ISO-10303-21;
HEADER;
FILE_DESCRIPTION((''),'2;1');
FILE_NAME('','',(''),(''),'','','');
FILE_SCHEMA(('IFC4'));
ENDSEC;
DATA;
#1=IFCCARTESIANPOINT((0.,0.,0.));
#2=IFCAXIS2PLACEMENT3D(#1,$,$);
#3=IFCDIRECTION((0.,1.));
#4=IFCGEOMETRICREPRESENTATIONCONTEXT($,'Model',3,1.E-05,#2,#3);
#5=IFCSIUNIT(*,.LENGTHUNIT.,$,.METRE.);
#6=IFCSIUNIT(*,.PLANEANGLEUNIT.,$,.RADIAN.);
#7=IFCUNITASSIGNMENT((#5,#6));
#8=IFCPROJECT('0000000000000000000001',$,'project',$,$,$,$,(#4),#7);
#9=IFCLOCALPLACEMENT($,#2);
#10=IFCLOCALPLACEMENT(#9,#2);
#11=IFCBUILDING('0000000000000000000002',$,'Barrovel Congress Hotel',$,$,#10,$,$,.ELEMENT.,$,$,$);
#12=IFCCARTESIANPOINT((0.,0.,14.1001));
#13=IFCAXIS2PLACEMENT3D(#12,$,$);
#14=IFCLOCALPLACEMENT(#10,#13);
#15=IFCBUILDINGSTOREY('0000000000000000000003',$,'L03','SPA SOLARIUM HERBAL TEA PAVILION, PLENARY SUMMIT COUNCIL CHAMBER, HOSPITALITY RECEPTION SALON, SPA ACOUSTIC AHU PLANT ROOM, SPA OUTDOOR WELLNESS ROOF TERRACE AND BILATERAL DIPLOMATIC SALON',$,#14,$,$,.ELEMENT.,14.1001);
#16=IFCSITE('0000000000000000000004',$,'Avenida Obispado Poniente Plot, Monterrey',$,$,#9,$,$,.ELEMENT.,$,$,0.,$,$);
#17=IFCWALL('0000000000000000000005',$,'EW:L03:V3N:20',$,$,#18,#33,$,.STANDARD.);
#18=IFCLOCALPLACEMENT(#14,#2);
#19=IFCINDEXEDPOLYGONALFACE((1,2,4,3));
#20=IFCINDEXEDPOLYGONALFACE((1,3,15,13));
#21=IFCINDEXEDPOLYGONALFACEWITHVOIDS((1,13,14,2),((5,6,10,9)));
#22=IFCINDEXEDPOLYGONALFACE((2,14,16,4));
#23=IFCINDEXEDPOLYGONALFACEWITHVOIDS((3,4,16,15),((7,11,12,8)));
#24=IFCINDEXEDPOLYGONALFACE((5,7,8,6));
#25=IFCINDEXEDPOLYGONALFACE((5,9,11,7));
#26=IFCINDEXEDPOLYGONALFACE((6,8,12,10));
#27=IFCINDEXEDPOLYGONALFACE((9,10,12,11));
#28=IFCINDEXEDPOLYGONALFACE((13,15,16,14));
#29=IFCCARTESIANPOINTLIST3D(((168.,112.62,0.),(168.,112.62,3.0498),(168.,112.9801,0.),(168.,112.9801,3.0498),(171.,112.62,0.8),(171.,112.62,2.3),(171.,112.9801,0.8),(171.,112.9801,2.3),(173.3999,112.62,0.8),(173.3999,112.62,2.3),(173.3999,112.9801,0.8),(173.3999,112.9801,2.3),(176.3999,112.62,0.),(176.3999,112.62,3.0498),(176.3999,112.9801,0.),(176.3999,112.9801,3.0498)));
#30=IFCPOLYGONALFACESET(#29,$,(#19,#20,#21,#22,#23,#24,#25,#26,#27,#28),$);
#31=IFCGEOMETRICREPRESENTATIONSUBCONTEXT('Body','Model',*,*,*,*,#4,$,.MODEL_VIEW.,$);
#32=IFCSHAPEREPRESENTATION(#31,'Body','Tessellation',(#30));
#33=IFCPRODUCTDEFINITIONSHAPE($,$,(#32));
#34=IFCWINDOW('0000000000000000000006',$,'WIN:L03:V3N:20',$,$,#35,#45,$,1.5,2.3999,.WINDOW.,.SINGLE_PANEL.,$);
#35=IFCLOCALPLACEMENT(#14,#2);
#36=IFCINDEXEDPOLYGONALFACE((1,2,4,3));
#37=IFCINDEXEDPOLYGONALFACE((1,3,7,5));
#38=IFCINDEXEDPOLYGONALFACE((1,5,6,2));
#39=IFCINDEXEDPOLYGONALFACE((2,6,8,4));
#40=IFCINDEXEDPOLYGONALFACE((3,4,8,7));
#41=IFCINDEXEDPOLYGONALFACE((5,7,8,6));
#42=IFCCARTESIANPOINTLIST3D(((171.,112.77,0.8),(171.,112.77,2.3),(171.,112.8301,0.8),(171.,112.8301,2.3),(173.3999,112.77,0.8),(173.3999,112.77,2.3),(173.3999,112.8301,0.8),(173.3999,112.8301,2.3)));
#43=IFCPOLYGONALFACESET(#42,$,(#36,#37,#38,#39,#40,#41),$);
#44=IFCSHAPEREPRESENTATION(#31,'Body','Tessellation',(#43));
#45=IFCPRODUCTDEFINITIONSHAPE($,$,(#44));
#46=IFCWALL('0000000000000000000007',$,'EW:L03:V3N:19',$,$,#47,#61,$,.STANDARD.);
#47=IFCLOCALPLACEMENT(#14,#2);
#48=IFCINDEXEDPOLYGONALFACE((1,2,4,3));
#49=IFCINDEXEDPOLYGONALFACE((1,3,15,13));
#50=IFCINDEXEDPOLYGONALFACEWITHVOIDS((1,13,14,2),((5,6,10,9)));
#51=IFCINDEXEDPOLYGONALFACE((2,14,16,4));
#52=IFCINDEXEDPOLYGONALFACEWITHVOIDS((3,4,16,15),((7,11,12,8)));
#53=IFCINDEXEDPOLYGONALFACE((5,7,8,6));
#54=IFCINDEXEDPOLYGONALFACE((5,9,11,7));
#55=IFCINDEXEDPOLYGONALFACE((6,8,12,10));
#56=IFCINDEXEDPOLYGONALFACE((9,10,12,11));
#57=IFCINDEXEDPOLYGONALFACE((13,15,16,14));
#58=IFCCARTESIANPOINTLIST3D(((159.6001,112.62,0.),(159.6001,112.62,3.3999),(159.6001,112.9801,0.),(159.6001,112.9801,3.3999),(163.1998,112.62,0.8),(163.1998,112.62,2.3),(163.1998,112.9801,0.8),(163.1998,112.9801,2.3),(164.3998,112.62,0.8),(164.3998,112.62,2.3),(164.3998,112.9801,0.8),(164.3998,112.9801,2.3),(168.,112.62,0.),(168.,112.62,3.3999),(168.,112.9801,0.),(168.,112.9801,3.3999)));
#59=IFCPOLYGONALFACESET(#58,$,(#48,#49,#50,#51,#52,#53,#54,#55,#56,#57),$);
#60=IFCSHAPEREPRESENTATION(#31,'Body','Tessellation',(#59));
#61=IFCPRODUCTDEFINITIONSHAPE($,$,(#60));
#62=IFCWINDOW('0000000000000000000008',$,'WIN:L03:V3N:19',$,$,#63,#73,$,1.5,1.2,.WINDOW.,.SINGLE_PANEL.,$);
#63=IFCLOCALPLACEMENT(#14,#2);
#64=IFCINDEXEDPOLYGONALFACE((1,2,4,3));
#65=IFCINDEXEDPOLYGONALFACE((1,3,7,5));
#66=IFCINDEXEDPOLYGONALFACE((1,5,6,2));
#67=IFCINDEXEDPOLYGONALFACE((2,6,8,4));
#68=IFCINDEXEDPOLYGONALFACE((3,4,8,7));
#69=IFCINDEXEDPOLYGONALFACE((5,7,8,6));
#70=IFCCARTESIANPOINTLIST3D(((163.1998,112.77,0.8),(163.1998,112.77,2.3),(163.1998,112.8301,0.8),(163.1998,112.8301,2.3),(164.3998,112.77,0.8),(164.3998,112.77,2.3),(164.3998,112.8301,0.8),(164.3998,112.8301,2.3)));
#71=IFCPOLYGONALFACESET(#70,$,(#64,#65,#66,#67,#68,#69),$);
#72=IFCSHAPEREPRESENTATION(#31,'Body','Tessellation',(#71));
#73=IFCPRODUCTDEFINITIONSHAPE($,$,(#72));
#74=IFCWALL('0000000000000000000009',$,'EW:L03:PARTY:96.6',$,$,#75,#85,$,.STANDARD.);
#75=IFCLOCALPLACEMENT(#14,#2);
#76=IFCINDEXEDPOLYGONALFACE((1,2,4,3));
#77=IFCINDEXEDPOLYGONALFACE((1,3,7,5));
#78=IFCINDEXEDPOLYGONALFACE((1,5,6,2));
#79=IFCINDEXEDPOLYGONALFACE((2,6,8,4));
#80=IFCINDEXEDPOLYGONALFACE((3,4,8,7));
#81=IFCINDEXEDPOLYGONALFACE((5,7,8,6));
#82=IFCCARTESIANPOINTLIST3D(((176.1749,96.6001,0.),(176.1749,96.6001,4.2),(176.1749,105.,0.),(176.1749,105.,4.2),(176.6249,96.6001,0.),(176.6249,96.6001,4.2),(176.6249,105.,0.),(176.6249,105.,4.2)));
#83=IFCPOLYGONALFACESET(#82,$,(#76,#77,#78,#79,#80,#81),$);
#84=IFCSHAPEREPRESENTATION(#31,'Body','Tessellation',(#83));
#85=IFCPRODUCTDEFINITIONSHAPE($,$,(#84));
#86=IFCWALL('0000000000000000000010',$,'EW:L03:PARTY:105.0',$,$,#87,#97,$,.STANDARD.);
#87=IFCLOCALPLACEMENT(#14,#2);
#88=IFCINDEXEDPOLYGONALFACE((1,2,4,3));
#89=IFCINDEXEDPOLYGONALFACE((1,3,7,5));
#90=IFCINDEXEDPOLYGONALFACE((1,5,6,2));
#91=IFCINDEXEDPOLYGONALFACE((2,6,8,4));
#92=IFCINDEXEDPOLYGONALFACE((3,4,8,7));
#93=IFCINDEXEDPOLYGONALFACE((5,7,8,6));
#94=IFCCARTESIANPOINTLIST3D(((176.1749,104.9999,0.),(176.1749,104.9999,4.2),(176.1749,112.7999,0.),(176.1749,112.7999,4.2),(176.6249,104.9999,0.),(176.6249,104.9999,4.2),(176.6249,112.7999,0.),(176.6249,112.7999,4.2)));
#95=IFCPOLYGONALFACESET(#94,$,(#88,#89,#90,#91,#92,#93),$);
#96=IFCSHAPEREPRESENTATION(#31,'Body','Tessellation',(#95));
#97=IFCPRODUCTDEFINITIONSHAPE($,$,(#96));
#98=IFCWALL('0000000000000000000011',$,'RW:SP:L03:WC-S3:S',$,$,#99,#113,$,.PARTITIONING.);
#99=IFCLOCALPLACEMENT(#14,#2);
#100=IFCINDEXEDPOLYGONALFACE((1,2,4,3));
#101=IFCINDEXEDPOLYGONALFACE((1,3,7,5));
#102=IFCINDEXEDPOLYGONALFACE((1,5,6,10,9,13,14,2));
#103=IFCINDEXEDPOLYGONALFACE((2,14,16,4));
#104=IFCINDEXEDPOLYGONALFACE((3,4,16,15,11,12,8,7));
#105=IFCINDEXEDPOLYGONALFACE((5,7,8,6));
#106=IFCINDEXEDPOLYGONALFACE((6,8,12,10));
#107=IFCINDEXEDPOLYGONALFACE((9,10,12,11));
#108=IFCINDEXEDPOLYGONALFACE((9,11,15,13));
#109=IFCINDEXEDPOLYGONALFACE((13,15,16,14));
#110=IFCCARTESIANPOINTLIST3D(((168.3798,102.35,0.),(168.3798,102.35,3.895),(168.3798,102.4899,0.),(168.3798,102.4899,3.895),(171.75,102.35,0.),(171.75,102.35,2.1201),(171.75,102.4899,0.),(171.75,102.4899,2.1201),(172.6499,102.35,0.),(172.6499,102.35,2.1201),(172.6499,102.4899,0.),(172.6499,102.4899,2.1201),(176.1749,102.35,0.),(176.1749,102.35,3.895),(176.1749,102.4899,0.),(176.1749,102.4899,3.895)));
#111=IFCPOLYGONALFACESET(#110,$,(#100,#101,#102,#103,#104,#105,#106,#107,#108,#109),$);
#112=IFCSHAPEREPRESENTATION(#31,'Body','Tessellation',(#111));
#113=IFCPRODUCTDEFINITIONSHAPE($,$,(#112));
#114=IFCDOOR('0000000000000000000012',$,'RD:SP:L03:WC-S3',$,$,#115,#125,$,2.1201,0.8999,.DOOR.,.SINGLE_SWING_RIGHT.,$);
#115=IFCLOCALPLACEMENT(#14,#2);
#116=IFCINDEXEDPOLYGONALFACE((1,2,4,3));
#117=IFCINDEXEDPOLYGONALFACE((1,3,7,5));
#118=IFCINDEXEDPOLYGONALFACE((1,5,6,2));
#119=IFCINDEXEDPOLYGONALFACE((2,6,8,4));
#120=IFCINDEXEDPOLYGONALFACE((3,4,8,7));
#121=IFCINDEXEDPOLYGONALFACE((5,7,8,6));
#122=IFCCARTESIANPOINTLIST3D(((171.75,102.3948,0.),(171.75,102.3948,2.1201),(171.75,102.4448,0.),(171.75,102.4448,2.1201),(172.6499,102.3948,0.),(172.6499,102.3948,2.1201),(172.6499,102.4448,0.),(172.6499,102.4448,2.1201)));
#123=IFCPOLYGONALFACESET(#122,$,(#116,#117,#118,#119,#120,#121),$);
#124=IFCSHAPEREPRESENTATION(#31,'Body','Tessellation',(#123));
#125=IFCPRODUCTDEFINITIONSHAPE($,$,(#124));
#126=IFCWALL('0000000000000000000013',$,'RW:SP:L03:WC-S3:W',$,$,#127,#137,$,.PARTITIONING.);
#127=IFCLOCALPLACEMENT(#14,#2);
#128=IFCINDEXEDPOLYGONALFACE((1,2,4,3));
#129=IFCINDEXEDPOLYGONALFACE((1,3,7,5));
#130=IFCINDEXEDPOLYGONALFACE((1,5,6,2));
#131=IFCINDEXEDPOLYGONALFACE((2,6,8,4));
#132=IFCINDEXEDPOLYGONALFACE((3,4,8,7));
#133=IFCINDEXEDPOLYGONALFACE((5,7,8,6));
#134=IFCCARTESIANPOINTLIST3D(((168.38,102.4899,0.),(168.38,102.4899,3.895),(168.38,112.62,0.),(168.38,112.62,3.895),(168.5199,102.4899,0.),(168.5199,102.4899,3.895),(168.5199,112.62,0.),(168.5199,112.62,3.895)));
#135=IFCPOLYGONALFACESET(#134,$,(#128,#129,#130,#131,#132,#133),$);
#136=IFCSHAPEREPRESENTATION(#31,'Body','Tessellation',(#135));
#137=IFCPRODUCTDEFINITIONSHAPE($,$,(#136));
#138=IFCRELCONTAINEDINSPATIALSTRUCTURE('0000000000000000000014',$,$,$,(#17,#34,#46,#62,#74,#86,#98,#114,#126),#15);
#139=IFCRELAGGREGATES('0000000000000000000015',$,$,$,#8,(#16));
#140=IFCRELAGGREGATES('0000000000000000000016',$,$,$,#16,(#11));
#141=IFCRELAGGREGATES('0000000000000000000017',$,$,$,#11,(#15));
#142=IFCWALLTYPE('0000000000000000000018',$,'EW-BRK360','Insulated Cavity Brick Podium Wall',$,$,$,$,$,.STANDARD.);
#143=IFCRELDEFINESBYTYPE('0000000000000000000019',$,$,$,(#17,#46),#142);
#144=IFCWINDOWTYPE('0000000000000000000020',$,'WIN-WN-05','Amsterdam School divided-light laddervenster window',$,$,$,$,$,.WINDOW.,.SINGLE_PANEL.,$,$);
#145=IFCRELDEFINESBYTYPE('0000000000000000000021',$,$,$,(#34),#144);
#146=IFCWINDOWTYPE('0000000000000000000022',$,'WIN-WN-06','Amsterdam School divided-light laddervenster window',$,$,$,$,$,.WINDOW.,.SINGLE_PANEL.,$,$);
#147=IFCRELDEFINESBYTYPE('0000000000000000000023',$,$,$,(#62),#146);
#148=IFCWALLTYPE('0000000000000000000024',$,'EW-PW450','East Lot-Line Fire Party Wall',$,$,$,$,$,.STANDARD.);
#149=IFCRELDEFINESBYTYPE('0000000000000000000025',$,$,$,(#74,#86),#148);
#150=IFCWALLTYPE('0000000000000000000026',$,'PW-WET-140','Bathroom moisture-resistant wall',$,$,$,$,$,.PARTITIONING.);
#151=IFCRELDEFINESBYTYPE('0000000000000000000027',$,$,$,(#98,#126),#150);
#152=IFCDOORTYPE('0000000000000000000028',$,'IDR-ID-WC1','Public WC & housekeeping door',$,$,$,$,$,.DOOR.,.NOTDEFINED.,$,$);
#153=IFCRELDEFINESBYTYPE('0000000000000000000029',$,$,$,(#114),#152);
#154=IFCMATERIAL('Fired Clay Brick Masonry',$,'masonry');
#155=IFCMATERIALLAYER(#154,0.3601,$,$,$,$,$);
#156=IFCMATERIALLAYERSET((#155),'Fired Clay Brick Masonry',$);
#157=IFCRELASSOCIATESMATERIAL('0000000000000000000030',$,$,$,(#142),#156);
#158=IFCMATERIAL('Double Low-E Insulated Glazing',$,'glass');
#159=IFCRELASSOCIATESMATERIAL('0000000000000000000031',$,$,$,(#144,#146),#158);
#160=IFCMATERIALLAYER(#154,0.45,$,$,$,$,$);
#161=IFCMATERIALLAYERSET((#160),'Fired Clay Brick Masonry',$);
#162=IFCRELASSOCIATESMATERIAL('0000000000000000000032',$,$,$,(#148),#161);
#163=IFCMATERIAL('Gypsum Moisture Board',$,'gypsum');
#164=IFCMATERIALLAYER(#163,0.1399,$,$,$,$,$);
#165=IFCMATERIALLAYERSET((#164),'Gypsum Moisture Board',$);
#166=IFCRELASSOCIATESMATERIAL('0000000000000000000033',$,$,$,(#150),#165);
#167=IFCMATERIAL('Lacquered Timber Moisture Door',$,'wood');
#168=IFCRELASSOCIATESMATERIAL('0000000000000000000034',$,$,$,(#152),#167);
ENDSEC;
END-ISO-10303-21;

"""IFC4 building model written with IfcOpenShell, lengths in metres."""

from ifc_helpers import new_model, si_unit, direction, frame, frame_2d, origin, place, context, subcontext, project, spatial, rectangle, extrude, material, layer, layer_set, type_object, element, fill, save


model = new_model("IFC4")

# Units and contexts
model_context = context("Model", 3, precision=1e-05, world=origin(), true_north=direction((0.0, 1.0)))
body_context = subcontext(model_context, "Body", "Model", "MODEL_VIEW")
ifc_project = project(units=[si_unit("LENGTHUNIT", "METRE"), si_unit("PLANEANGLEUNIT", "RADIAN")], contexts=[model_context])

# Site, building, storey
site_placement = place(None, origin())
site = spatial("IfcSite", under=ifc_project, at=site_placement, Name="Avenida Obispado Poniente Plot, Monterrey", CompositionType="ELEMENT", RefElevation=0.0)
building_placement = place(site_placement, origin())
building = spatial("IfcBuilding", under=site, at=building_placement, Name="Barrovel Congress Hotel", CompositionType="ELEMENT")
storey_placement = place(building_placement, frame((0.0, 0.0, 14.1001)))
storey = spatial("IfcBuildingStorey", under=building, at=storey_placement, Name="L03", Description="SPA SOLARIUM HERBAL TEA PAVILION, PLENARY SUMMIT COUNCIL CHAMBER, HOSPITALITY RECEPTION SALON, SPA ACOUSTIC AHU PLANT ROOM, SPA OUTDOOR WELLNESS ROOF TERRACE AND BILATERAL DIPLOMATIC SALON", CompositionType="ELEMENT", Elevation=14.1001)

# Walls, openings, windows
ifc_material_1 = material(Name="Fired Clay Brick Masonry", Category="masonry")
ifc_layer_1 = layer(ifc_material_1, 0.3601)
ifc_layer_set_1 = layer_set([ifc_layer_1], Name="Fired Clay Brick Masonry")
wall_type_1 = type_object("IfcWallType", Name="EW-BRK360", Description="Insulated Cavity Brick Podium Wall", PredefinedType="STANDARD", material=ifc_layer_set_1)
wall_1_placement = place(storey_placement, frame((176.3999, 112.8, 0.0), z_axis=(0.0, 0.0, 1.0), x_axis=(-1.0, 0.0, 0.0)))
wall_1 = element("IfcWall", 1, at=wall_1_placement, inside=storey, type_object=wall_type_1, Name="EW:L03:V3N:20", PredefinedType="STANDARD", context=body_context, shape_type="SweptSolid", body=[
    extrude(rectangle(XDim=8.3999, YDim=0.3601, at=frame_2d((4.2, 0.0))), origin(), (0.0, 0.0, 1.0), 3.0498),
])
opening_1_placement = place(wall_1_placement, frame((3.0, 0.0, 0.8)))
opening_1 = element("IfcOpeningElement", 2, at=opening_1_placement, cuts=wall_1, PredefinedType="OPENING", context=body_context, shape_type="SweptSolid", body=[
    extrude(rectangle(XDim=2.3999, YDim=1.5, at=frame_2d((1.2, 0.75))), frame((0.0, 0.1899, 0.0), z_axis=(0.0, -1.0, 0.0), x_axis=(1.0, 0.0, 0.0)), (0.0, 0.0, 1.0), 0.3801),
])
ifc_material_2 = material(Name="Double Low-E Insulated Glazing", Category="glass")
window_type_1 = type_object("IfcWindowType", Name="WIN-WN-05", Description="Amsterdam School divided-light laddervenster window", PartitioningType="SINGLE_PANEL", PredefinedType="WINDOW", material=ifc_material_2)
window_1_placement = place(opening_1_placement, origin())
window_1 = element("IfcWindow", 3, at=window_1_placement, inside=storey, type_object=window_type_1, Name="WIN:L03:V3N:20", OverallHeight=1.5, OverallWidth=2.3999, PartitioningType="SINGLE_PANEL", PredefinedType="WINDOW", context=body_context, shape_type="SweptSolid", body=[
    extrude(rectangle(XDim=2.3999, YDim=1.5, at=frame_2d((1.2, 0.75))), frame((0.0, 0.03, 0.0), z_axis=(0.0, -1.0, 0.0), x_axis=(1.0, 0.0, 0.0)), (0.0, 0.0, 1.0), 0.0601),
])
fill(opening_1, window_1)
wall_2_placement = place(storey_placement, frame((168.0, 112.8, 0.0), z_axis=(0.0, 0.0, 1.0), x_axis=(-1.0, 0.0, 0.0)))
wall_2 = element("IfcWall", 4, at=wall_2_placement, inside=storey, type_object=wall_type_1, Name="EW:L03:V3N:19", PredefinedType="STANDARD", context=body_context, shape_type="SweptSolid", body=[
    extrude(rectangle(XDim=8.3999, YDim=0.3601, at=frame_2d((4.2, 0.0))), origin(), (0.0, 0.0, 1.0), 3.3999),
])
opening_2_placement = place(wall_2_placement, frame((3.6001, 0.0, 0.8)))
opening_2 = element("IfcOpeningElement", 5, at=opening_2_placement, cuts=wall_2, PredefinedType="OPENING", context=body_context, shape_type="SweptSolid", body=[
    extrude(rectangle(XDim=1.2, YDim=1.5, at=frame_2d((0.6001, 0.75))), frame((0.0, 0.1899, 0.0), z_axis=(0.0, -1.0, 0.0), x_axis=(1.0, 0.0, 0.0)), (0.0, 0.0, 1.0), 0.3801),
])
window_type_2 = type_object("IfcWindowType", Name="WIN-WN-06", Description="Amsterdam School divided-light laddervenster window", PartitioningType="SINGLE_PANEL", PredefinedType="WINDOW", material=ifc_material_2)
window_2_placement = place(opening_2_placement, origin())
window_2 = element("IfcWindow", 6, at=window_2_placement, inside=storey, type_object=window_type_2, Name="WIN:L03:V3N:19", OverallHeight=1.5, OverallWidth=1.2, PartitioningType="SINGLE_PANEL", PredefinedType="WINDOW", context=body_context, shape_type="SweptSolid", body=[
    extrude(rectangle(XDim=1.2, YDim=1.5, at=frame_2d((0.6001, 0.75))), frame((0.0, 0.03, 0.0), z_axis=(0.0, -1.0, 0.0), x_axis=(1.0, 0.0, 0.0)), (0.0, 0.0, 1.0), 0.0601),
])
fill(opening_2, window_2)

# Walls
ifc_layer_2 = layer(ifc_material_1, 0.45)
ifc_layer_set_2 = layer_set([ifc_layer_2], Name="Fired Clay Brick Masonry")
wall_type_2 = type_object("IfcWallType", Name="EW-PW450", Description="East Lot-Line Fire Party Wall", PredefinedType="STANDARD", material=ifc_layer_set_2)
wall_3_placement = place(storey_placement, frame((176.3999, 96.6001, 0.0), z_axis=(0.0, 0.0, 1.0), x_axis=(0.0, 1.0, 0.0)))
element("IfcWall", 7, at=wall_3_placement, inside=storey, type_object=wall_type_2, Name="EW:L03:PARTY:96.6", PredefinedType="STANDARD", context=body_context, shape_type="SweptSolid", body=[
    extrude(rectangle(XDim=8.3999, YDim=0.45, at=frame_2d((4.2, 0.0))), origin(), (0.0, 0.0, 1.0), 4.2),
])
wall_4_placement = place(storey_placement, frame((176.3999, 105.0, 0.0), z_axis=(0.0, 0.0, 1.0), x_axis=(0.0, 1.0, 0.0)))
element("IfcWall", 8, at=wall_4_placement, inside=storey, type_object=wall_type_2, Name="EW:L03:PARTY:105.0", PredefinedType="STANDARD", context=body_context, shape_type="SweptSolid", body=[
    extrude(rectangle(XDim=7.8, YDim=0.45, at=frame_2d((3.8999, 0.0))), origin(), (0.0, 0.0, 1.0), 4.2),
])

# Wall, opening, door
ifc_material_3 = material(Name="Gypsum Moisture Board", Category="gypsum")
ifc_layer_3 = layer(ifc_material_3, 0.1399)
ifc_layer_set_3 = layer_set([ifc_layer_3], Name="Gypsum Moisture Board")
wall_type_3 = type_object("IfcWallType", Name="PW-WET-140", Description="Bathroom moisture-resistant wall", PredefinedType="PARTITIONING", material=ifc_layer_set_3)
wall_5_placement = place(storey_placement, frame((168.3799, 102.4199, 0.0), z_axis=(0.0, 0.0, 1.0), x_axis=(1.0, 0.0, 0.0)))
wall_5 = element("IfcWall", 9, at=wall_5_placement, inside=storey, type_object=wall_type_3, Name="RW:SP:L03:WC-S3:S", PredefinedType="PARTITIONING", context=body_context, shape_type="SweptSolid", body=[
    extrude(rectangle(XDim=7.7952, YDim=0.1399, at=frame_2d((3.8975, 0.0))), origin(), (0.0, 0.0, 1.0), 3.895),
])
opening_3_placement = place(wall_5_placement, frame((3.3701, 0.0, 0.0)))
opening_3 = element("IfcOpeningElement", 10, at=opening_3_placement, cuts=wall_5, PredefinedType="OPENING", context=body_context, shape_type="SweptSolid", body=[
    extrude(rectangle(XDim=0.8999, YDim=2.1201, at=frame_2d((0.45, 1.0601))), frame((0.0, 0.0801, 0.0), z_axis=(0.0, -1.0, 0.0), x_axis=(1.0, 0.0, 0.0)), (0.0, 0.0, 1.0), 0.1599),
])
ifc_material_4 = material(Name="Lacquered Timber Moisture Door", Category="wood")
door_type = type_object("IfcDoorType", Name="IDR-ID-WC1", Description="Public WC & housekeeping door", OperationType="NOTDEFINED", PredefinedType="DOOR", material=ifc_material_4)
door_placement = place(opening_3_placement, origin())
door = element("IfcDoor", 11, at=door_placement, inside=storey, type_object=door_type, Name="RD:SP:L03:WC-S3", OperationType="SINGLE_SWING_RIGHT", OverallHeight=2.1201, OverallWidth=0.8999, PredefinedType="DOOR", context=body_context, shape_type="SweptSolid", body=[
    extrude(rectangle(XDim=0.8999, YDim=2.1201, at=frame_2d((0.45, 1.0601))), frame((0.0, 0.0249, 0.0), z_axis=(0.0, -1.0, 0.0), x_axis=(1.0, 0.0, 0.0)), (0.0, 0.0, 1.0), 0.05),
])
fill(opening_3, door)

# Wall
wall_6_placement = place(storey_placement, frame((168.45, 102.49, 0.0), z_axis=(0.0, 0.0, 1.0), x_axis=(0.0, 1.0, 0.0)))
element("IfcWall", 12, at=wall_6_placement, inside=storey, type_object=wall_type_3, Name="RW:SP:L03:WC-S3:W", PredefinedType="PARTITIONING", context=body_context, shape_type="SweptSolid", body=[
    extrude(rectangle(XDim=10.1301, YDim=0.1399, at=frame_2d((5.0649, 0.0))), origin(), (0.0, 0.0, 1.0), 3.895),
])

save(model, "model.ifc")
